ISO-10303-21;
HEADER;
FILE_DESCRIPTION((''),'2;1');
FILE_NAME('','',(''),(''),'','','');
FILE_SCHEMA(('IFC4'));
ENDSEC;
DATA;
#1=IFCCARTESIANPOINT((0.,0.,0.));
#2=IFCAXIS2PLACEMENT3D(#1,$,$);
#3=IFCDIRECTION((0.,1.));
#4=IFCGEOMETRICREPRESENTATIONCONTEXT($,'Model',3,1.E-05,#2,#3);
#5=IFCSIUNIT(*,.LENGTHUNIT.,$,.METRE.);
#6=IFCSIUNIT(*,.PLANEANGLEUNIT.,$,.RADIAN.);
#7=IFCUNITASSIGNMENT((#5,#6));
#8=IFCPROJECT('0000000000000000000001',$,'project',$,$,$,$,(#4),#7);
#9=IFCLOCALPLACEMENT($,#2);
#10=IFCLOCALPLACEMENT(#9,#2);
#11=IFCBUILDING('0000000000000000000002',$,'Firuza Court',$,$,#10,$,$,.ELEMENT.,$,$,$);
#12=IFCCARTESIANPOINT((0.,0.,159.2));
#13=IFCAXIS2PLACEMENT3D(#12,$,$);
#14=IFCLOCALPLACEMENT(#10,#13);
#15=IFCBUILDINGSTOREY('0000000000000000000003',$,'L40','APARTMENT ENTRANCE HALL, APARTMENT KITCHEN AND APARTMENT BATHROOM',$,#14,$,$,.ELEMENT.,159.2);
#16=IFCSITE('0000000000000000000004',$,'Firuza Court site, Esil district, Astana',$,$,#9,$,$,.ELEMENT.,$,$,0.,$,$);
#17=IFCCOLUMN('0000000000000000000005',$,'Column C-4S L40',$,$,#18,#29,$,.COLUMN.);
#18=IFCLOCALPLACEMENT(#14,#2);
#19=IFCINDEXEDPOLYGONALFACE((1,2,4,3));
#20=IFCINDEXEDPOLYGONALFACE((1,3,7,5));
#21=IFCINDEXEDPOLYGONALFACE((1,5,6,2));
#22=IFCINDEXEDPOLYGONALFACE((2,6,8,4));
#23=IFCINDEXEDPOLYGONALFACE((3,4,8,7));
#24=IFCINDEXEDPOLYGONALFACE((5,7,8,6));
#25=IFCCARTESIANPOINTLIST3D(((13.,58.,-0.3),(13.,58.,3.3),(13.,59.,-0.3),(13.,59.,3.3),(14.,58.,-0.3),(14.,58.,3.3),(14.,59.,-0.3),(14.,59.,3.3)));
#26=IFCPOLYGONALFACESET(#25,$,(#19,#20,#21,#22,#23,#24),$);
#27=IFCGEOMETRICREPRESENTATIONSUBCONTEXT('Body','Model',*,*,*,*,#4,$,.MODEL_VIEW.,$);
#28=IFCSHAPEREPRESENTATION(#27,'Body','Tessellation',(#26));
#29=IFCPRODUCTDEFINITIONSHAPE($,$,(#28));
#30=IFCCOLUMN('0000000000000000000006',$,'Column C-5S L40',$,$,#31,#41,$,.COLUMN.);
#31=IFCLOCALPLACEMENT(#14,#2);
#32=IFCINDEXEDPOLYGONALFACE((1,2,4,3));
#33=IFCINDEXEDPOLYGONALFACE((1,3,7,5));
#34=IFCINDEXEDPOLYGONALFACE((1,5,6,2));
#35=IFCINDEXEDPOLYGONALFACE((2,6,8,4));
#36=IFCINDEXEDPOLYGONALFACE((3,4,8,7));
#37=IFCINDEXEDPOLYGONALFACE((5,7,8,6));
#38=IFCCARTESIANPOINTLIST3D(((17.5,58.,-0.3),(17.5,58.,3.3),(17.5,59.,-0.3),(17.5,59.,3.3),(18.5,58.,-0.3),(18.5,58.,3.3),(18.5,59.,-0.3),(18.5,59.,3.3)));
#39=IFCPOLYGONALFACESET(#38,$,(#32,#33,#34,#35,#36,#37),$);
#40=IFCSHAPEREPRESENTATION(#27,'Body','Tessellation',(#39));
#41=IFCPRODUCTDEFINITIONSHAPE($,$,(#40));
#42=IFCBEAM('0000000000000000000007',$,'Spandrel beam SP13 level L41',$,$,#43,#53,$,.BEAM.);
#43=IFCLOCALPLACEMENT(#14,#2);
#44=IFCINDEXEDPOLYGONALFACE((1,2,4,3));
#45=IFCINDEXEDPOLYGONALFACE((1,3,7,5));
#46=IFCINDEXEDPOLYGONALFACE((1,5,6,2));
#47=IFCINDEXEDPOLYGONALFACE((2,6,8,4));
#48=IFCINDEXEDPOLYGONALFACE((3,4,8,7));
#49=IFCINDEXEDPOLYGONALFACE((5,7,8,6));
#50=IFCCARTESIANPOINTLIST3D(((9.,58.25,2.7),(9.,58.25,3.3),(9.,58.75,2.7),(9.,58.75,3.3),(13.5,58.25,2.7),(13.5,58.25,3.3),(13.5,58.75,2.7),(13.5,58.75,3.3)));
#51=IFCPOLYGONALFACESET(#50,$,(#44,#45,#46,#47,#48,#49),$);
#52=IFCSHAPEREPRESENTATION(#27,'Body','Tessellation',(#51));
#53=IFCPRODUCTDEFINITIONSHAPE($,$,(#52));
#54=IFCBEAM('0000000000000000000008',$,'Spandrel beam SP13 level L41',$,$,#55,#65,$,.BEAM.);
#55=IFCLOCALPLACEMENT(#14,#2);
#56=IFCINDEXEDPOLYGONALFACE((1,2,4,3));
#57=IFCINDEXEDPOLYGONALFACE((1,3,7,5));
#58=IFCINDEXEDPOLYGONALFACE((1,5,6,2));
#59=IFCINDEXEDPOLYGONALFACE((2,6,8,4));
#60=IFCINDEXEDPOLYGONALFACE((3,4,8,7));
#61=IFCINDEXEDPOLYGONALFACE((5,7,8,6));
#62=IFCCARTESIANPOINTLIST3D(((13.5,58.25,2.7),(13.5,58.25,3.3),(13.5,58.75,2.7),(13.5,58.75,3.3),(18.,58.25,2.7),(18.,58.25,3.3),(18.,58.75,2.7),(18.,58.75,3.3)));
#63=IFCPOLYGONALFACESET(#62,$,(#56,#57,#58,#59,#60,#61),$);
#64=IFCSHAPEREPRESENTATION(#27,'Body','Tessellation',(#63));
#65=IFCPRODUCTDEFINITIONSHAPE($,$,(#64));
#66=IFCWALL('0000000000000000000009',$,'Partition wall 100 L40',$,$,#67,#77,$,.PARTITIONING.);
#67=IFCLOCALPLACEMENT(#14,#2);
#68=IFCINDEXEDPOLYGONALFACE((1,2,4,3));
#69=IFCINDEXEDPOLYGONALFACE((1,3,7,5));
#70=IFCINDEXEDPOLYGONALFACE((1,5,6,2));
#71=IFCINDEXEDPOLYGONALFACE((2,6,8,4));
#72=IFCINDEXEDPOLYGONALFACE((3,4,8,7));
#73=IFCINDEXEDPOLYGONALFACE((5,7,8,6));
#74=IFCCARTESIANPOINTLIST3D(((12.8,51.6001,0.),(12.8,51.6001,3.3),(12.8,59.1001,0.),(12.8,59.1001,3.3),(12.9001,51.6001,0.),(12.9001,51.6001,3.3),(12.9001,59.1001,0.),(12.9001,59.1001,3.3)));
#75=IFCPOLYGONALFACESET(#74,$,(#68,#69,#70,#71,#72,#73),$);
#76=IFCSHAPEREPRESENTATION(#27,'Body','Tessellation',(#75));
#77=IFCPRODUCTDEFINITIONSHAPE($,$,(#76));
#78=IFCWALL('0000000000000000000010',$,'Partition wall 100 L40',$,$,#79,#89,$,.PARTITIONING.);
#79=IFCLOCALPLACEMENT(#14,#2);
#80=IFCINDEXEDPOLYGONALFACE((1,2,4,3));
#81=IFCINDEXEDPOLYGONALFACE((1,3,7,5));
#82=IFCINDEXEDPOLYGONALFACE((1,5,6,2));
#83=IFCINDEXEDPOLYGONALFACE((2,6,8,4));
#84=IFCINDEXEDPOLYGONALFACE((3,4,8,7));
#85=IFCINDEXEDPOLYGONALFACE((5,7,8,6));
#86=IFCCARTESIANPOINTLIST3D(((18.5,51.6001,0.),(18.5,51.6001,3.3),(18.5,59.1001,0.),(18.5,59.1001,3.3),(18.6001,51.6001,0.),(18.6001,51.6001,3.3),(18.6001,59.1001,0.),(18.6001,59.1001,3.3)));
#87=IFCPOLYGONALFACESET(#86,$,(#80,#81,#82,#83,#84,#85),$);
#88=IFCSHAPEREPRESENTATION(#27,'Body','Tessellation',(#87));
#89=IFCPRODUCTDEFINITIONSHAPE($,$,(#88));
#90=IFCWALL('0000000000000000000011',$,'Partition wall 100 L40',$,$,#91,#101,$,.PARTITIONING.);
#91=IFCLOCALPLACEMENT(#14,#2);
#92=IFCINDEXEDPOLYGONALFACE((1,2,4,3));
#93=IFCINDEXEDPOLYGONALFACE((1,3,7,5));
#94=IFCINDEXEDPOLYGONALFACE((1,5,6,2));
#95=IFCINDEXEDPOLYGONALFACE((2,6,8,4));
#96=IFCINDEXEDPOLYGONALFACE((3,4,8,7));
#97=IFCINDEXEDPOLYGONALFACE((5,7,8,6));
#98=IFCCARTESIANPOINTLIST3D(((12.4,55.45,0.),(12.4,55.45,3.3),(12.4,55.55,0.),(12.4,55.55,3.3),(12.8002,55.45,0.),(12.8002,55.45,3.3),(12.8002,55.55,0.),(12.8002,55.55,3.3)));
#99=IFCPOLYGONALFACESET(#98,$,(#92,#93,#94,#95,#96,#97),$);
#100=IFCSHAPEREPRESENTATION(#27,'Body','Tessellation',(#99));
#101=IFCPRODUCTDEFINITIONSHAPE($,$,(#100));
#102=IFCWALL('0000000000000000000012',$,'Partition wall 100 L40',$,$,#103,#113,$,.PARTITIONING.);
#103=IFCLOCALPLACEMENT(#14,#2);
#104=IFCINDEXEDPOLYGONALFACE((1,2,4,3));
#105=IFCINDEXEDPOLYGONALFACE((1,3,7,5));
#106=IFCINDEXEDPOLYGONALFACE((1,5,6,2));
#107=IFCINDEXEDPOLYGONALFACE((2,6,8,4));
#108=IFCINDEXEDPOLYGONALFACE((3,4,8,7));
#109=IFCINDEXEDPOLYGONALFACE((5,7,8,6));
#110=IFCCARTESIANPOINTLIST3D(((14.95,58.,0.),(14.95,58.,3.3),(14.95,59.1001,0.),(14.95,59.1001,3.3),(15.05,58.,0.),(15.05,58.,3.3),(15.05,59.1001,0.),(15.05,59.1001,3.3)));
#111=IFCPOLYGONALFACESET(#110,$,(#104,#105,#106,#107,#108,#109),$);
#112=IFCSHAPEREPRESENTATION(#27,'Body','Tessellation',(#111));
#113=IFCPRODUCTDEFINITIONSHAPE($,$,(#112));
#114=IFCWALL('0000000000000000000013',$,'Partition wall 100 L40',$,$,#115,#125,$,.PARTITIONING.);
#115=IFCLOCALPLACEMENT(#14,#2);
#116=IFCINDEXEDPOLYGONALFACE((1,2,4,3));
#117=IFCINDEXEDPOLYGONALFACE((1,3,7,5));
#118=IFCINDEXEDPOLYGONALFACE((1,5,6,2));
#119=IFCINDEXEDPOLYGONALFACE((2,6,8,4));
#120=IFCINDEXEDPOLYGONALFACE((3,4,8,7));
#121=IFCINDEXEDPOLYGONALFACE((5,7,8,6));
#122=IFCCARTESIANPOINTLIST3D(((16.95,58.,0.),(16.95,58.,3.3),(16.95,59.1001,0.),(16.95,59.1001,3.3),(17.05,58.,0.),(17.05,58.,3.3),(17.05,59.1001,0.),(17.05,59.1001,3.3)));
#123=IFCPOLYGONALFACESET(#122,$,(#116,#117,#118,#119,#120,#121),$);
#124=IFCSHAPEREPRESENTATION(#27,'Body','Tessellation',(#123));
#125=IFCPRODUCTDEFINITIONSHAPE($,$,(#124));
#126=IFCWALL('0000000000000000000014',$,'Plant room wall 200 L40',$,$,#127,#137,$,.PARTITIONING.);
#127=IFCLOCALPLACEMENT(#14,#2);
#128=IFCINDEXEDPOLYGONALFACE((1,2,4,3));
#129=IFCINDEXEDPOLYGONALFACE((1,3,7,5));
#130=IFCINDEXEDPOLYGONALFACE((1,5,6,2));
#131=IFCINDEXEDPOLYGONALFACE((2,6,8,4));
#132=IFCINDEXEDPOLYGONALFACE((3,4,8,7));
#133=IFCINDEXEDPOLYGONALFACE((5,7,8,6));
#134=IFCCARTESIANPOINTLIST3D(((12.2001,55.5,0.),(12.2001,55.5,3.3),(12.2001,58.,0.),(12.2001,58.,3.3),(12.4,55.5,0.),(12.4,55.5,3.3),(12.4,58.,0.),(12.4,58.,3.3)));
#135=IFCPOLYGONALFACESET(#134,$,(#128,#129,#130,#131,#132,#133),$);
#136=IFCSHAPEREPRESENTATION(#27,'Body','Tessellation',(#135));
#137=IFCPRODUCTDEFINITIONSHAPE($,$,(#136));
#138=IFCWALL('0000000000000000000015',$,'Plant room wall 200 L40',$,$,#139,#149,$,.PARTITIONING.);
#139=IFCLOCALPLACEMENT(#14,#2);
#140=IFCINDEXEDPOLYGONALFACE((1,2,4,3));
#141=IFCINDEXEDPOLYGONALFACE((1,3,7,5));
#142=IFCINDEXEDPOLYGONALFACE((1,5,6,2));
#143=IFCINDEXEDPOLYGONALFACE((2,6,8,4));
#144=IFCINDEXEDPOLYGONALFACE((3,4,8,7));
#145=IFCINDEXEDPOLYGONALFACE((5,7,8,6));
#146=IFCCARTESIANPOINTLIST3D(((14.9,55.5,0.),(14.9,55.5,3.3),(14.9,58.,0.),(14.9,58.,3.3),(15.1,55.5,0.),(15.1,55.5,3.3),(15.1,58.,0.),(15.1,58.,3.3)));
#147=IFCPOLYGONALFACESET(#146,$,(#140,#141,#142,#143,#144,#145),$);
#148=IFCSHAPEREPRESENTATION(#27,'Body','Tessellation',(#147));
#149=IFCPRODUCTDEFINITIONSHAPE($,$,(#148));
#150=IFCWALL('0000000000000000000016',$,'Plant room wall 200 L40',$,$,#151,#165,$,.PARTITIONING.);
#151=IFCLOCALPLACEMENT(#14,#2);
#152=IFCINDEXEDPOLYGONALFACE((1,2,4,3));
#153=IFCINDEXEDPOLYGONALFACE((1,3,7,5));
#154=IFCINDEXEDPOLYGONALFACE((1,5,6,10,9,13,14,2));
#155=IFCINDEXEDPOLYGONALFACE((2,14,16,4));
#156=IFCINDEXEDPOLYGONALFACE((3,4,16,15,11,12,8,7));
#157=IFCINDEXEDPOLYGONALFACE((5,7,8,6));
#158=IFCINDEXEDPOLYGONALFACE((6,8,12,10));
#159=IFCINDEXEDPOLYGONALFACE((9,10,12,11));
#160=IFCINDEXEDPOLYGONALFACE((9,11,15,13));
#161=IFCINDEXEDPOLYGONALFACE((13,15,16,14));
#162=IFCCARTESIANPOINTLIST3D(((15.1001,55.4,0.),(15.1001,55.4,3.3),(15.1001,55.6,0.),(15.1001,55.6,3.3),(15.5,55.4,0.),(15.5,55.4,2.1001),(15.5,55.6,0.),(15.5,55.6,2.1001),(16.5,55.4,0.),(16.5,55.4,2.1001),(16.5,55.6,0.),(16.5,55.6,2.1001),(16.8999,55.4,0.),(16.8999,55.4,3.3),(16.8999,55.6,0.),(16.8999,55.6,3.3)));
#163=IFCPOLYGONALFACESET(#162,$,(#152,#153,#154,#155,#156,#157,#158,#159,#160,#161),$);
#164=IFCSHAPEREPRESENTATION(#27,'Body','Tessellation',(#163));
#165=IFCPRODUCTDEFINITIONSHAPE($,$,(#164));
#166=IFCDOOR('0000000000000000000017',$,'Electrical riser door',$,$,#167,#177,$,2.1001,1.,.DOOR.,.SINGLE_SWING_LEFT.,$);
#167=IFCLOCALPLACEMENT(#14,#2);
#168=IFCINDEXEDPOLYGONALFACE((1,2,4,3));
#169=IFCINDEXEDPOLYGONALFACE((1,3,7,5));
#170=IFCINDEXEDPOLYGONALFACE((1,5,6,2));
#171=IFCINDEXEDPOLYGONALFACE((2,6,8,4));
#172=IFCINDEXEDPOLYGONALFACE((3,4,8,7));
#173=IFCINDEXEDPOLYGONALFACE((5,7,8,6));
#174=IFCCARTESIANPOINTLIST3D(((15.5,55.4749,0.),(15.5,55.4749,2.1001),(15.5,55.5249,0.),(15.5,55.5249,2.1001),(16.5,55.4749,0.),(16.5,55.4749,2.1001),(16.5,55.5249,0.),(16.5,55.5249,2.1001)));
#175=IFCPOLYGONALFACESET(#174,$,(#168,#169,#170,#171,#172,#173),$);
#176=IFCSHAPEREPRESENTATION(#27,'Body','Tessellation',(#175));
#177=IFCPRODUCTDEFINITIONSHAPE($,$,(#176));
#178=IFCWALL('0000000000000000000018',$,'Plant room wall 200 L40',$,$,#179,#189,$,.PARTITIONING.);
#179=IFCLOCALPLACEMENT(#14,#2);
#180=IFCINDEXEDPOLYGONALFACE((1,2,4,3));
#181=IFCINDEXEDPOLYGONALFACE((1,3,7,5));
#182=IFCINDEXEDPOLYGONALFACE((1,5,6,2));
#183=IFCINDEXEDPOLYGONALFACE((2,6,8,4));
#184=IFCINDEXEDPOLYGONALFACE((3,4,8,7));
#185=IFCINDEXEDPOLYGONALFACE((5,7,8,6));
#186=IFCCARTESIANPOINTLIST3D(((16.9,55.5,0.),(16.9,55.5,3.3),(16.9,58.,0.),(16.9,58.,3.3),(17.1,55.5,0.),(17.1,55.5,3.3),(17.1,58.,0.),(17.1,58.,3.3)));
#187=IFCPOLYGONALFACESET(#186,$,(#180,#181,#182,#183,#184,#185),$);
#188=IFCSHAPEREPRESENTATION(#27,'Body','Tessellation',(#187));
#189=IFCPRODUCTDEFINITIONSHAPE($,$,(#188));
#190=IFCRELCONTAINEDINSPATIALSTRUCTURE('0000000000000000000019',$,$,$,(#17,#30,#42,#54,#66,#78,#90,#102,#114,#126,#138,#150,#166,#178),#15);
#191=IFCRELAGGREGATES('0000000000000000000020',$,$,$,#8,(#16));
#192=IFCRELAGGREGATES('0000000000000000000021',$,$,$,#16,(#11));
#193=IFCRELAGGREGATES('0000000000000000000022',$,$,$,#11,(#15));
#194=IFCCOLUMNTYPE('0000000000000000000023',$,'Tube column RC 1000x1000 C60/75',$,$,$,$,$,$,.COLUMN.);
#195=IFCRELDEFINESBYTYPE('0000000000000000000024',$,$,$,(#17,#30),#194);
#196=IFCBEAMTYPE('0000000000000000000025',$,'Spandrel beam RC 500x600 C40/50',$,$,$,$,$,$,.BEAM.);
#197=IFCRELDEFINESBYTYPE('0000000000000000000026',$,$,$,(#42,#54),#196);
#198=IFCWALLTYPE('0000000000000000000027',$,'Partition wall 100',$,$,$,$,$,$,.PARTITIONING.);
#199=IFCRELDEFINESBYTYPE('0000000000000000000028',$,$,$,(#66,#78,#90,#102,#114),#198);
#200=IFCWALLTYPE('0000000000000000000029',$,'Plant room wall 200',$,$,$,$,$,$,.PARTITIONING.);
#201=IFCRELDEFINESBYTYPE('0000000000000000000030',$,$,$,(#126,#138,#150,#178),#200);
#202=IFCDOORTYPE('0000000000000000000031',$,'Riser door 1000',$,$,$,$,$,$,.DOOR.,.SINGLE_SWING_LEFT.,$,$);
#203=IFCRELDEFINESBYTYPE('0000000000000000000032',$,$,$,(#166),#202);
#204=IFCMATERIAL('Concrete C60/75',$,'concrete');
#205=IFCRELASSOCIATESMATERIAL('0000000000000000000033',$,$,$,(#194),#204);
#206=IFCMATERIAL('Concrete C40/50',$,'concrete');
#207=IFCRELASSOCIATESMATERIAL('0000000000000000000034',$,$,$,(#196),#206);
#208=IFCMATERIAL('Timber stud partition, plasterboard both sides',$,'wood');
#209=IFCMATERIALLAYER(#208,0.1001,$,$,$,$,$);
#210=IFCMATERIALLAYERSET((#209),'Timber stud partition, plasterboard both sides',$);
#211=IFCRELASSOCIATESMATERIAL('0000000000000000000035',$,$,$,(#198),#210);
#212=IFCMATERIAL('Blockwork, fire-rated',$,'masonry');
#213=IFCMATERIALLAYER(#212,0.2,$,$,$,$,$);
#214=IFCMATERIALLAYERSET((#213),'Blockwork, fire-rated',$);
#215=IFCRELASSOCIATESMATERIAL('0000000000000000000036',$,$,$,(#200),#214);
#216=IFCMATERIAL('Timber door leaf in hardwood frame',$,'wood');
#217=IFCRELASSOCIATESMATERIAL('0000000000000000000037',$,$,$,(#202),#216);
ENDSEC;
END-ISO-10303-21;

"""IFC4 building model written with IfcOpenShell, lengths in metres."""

from ifc_helpers import new_model, si_unit, direction, frame, frame_2d, origin, origin_2d, place, context, subcontext, project, spatial, rectangle, extrude, material, layer, layer_set, material_profile, profile_set, type_object, element, fill, save


model = new_model("IFC4")

# Units and contexts
model_context = context("Model", 3, precision=1e-05, world=origin(), true_north=direction((0.0, 1.0)))
body_context = subcontext(model_context, "Body", "Model", "MODEL_VIEW")
ifc_project = project(units=[si_unit("LENGTHUNIT", "METRE"), si_unit("PLANEANGLEUNIT", "RADIAN")], contexts=[model_context])

# Site, building, storey
site_placement = place(None, origin())
site = spatial("IfcSite", under=ifc_project, at=site_placement, Name="Firuza Court site, Esil district, Astana", CompositionType="ELEMENT", RefElevation=0.0)
building_placement = place(site_placement, origin())
building = spatial("IfcBuilding", under=site, at=building_placement, Name="Firuza Court", CompositionType="ELEMENT")
storey_placement = place(building_placement, frame((0.0, 0.0, 159.2)))
storey = spatial("IfcBuildingStorey", under=building, at=storey_placement, Name="L40", Description="APARTMENT ENTRANCE HALL, APARTMENT KITCHEN AND APARTMENT BATHROOM", CompositionType="ELEMENT", Elevation=159.2)

# Columns
ifc_material_1 = material(Name="Concrete C60/75", Category="concrete")
ifc_material_profile_1 = material_profile(ifc_material_1, rectangle(XDim=1.0, YDim=1.0, at=origin_2d()), Name="RC 1000x1000")
ifc_profile_set_1 = profile_set([ifc_material_profile_1], Name="Concrete C60/75")
column_type = type_object("IfcColumnType", Name="Tube column RC 1000x1000 C60/75", PredefinedType="COLUMN", material=ifc_profile_set_1)
for number, where, z_axis, x_axis, name in (
    (1, (13.5, 58.5, -0.3), (0.0, 0.0, 1.0), (1.0, 0.0, 0.0), "Column C-4S L40"),
    (2, (18.0, 58.5, -0.3), (0.0, 0.0, 1.0), (1.0, 0.0, 0.0), "Column C-5S L40"),
):
    element("IfcColumn", number, at=place(storey_placement, frame(where, z_axis=z_axis, x_axis=x_axis)), inside=storey, type_object=column_type, Name=name, PredefinedType="COLUMN", context=body_context, shape_type="SweptSolid", body=[
        extrude(rectangle(XDim=1.0, YDim=1.0, at=origin_2d()), origin(), (0.0, 0.0, 1.0), 3.6001),
    ])

# Beams
ifc_material_2 = material(Name="Concrete C40/50", Category="concrete")
ifc_material_profile_2 = material_profile(ifc_material_2, rectangle(XDim=0.5, YDim=0.6001, at=origin_2d()), Name="RC 500x600")
ifc_profile_set_2 = profile_set([ifc_material_profile_2], Name="Concrete C40/50")
beam_type = type_object("IfcBeamType", Name="Spandrel beam RC 500x600 C40/50", PredefinedType="BEAM", material=ifc_profile_set_2)
for number, where, z_axis, x_axis, name in (
    (3, (13.5, 58.5, 3.0), (-1.0, 0.0, 0.0), (0.0, -1.0, 0.0), "Spandrel beam SP13 level L41"),
    (4, (18.0, 58.5, 3.0), (-1.0, 0.0, 0.0), (0.0, -1.0, 0.0), "Spandrel beam SP13 level L41"),
):
    element("IfcBeam", number, at=place(storey_placement, frame(where, z_axis=z_axis, x_axis=x_axis)), inside=storey, type_object=beam_type, Name=name, PredefinedType="BEAM", context=body_context, shape_type="SweptSolid", body=[
        extrude(rectangle(XDim=0.5, YDim=0.6001, at=origin_2d()), origin(), (0.0, 0.0, 1.0), 4.5),
    ])

# Walls
ifc_material_3 = material(Name="Timber stud partition, plasterboard both sides", Category="wood")
ifc_layer_1 = layer(ifc_material_3, 0.1001)
ifc_layer_set_1 = layer_set([ifc_layer_1], Name="Timber stud partition, plasterboard both sides")
wall_type_1 = type_object("IfcWallType", Name="Partition wall 100", PredefinedType="PARTITIONING", material=ifc_layer_set_1)
for number, where, z_axis, x_axis, name in (
    (5, (12.8501, 51.6001, 0.0), (0.0, 0.0, 1.0), (0.0, 1.0, 0.0), "Partition wall 100 L40"),
    (6, (18.55, 51.6001, 0.0), (0.0, 0.0, 1.0), (0.0, 1.0, 0.0), "Partition wall 100 L40"),
):
    element("IfcWall", number, at=place(storey_placement, frame(where, z_axis=z_axis, x_axis=x_axis)), inside=storey, type_object=wall_type_1, Name=name, PredefinedType="PARTITIONING", context=body_context, shape_type="SweptSolid", body=[
        extrude(rectangle(XDim=7.5, YDim=0.1001, at=frame_2d((3.75, 0.0))), origin(), (0.0, 0.0, 1.0), 3.3),
    ])
wall_1_placement = place(storey_placement, frame((12.3999, 55.5, 0.0), z_axis=(0.0, 0.0, 1.0), x_axis=(1.0, 0.0, 0.0)))
element("IfcWall", 7, at=wall_1_placement, inside=storey, type_object=wall_type_1, Name="Partition wall 100 L40", PredefinedType="PARTITIONING", context=body_context, shape_type="SweptSolid", body=[
    extrude(rectangle(XDim=0.4001, YDim=0.1001, at=frame_2d((0.2002, 0.0))), origin(), (0.0, 0.0, 1.0), 3.3),
])
for number, where, z_axis, x_axis, name in (
    (8, (15.0, 58.0, 0.0), (0.0, 0.0, 1.0), (0.0, 1.0, 0.0), "Partition wall 100 L40"),
    (9, (17.0, 58.0, 0.0), (0.0, 0.0, 1.0), (0.0, 1.0, 0.0), "Partition wall 100 L40"),
):
    element("IfcWall", number, at=place(storey_placement, frame(where, z_axis=z_axis, x_axis=x_axis)), inside=storey, type_object=wall_type_1, Name=name, PredefinedType="PARTITIONING", context=body_context, shape_type="SweptSolid", body=[
        extrude(rectangle(XDim=1.1001, YDim=0.1001, at=frame_2d((0.55, 0.0))), origin(), (0.0, 0.0, 1.0), 3.3),
    ])
ifc_material_4 = material(Name="Blockwork, fire-rated", Category="masonry")
ifc_layer_2 = layer(ifc_material_4, 0.2)
ifc_layer_set_2 = layer_set([ifc_layer_2], Name="Blockwork, fire-rated")
wall_type_2 = type_object("IfcWallType", Name="Plant room wall 200", PredefinedType="PARTITIONING", material=ifc_layer_set_2)
for number, where, z_axis, x_axis, name in (
    (10, (12.3, 55.5, 0.0), (0.0, 0.0, 1.0), (0.0, 1.0, 0.0), "Plant room wall 200 L40"),
    (11, (15.0, 55.5, 0.0), (0.0, 0.0, 1.0), (0.0, 1.0, 0.0), "Plant room wall 200 L40"),
):
    element("IfcWall", number, at=place(storey_placement, frame(where, z_axis=z_axis, x_axis=x_axis)), inside=storey, type_object=wall_type_2, Name=name, PredefinedType="PARTITIONING", context=body_context, shape_type="SweptSolid", body=[
        extrude(rectangle(XDim=2.5, YDim=0.2, at=frame_2d((1.25, 0.0))), origin(), (0.0, 0.0, 1.0), 3.3),
    ])

# Wall, opening, door
wall_2_placement = place(storey_placement, frame((15.1001, 55.5, 0.0), z_axis=(0.0, 0.0, 1.0), x_axis=(1.0, 0.0, 0.0)))
wall_2 = element("IfcWall", 12, at=wall_2_placement, inside=storey, type_object=wall_type_2, Name="Plant room wall 200 L40", PredefinedType="PARTITIONING", context=body_context, shape_type="SweptSolid", body=[
    extrude(rectangle(XDim=1.7998, YDim=0.2, at=frame_2d((0.8999, 0.0))), origin(), (0.0, 0.0, 1.0), 3.3),
])
opening_placement = place(wall_2_placement, frame((0.3999, 0.0, 0.0)))
opening = element("IfcOpeningElement", 13, at=opening_placement, cuts=wall_2, PredefinedType="OPENING", context=body_context, shape_type="SweptSolid", body=[
    extrude(rectangle(XDim=1.0, YDim=2.1001, at=frame_2d((0.5, 1.05))), frame((0.0, 0.1118, 0.0), z_axis=(0.0, -1.0, 0.0), x_axis=(1.0, 0.0, 0.0)), (0.0, 0.0, 1.0), 0.2239),
])
ifc_material_5 = material(Name="Timber door leaf in hardwood frame", Category="wood")
door_type = type_object("IfcDoorType", Name="Riser door 1000", OperationType="SINGLE_SWING_LEFT", PredefinedType="DOOR", material=ifc_material_5)
door_placement = place(opening_placement, origin())
door = element("IfcDoor", 14, at=door_placement, inside=storey, type_object=door_type, Name="Electrical riser door", OperationType="SINGLE_SWING_LEFT", OverallHeight=2.1001, OverallWidth=1.0, PredefinedType="DOOR", context=body_context, shape_type="SweptSolid", body=[
    extrude(rectangle(XDim=1.0, YDim=2.1001, at=frame_2d((0.5, 1.05))), frame((0.0, 0.0249, 0.0), z_axis=(0.0, -1.0, 0.0), x_axis=(1.0, 0.0, 0.0)), (0.0, 0.0, 1.0), 0.05),
])
fill(opening, door)

# Wall
wall_3_placement = place(storey_placement, frame((17.0, 55.5, 0.0), z_axis=(0.0, 0.0, 1.0), x_axis=(0.0, 1.0, 0.0)))
element("IfcWall", 15, at=wall_3_placement, inside=storey, type_object=wall_type_2, Name="Plant room wall 200 L40", PredefinedType="PARTITIONING", context=body_context, shape_type="SweptSolid", body=[
    extrude(rectangle(XDim=2.5, YDim=0.2, at=frame_2d((1.25, 0.0))), origin(), (0.0, 0.0, 1.0), 3.3),
])

save(model, "model.ifc")
